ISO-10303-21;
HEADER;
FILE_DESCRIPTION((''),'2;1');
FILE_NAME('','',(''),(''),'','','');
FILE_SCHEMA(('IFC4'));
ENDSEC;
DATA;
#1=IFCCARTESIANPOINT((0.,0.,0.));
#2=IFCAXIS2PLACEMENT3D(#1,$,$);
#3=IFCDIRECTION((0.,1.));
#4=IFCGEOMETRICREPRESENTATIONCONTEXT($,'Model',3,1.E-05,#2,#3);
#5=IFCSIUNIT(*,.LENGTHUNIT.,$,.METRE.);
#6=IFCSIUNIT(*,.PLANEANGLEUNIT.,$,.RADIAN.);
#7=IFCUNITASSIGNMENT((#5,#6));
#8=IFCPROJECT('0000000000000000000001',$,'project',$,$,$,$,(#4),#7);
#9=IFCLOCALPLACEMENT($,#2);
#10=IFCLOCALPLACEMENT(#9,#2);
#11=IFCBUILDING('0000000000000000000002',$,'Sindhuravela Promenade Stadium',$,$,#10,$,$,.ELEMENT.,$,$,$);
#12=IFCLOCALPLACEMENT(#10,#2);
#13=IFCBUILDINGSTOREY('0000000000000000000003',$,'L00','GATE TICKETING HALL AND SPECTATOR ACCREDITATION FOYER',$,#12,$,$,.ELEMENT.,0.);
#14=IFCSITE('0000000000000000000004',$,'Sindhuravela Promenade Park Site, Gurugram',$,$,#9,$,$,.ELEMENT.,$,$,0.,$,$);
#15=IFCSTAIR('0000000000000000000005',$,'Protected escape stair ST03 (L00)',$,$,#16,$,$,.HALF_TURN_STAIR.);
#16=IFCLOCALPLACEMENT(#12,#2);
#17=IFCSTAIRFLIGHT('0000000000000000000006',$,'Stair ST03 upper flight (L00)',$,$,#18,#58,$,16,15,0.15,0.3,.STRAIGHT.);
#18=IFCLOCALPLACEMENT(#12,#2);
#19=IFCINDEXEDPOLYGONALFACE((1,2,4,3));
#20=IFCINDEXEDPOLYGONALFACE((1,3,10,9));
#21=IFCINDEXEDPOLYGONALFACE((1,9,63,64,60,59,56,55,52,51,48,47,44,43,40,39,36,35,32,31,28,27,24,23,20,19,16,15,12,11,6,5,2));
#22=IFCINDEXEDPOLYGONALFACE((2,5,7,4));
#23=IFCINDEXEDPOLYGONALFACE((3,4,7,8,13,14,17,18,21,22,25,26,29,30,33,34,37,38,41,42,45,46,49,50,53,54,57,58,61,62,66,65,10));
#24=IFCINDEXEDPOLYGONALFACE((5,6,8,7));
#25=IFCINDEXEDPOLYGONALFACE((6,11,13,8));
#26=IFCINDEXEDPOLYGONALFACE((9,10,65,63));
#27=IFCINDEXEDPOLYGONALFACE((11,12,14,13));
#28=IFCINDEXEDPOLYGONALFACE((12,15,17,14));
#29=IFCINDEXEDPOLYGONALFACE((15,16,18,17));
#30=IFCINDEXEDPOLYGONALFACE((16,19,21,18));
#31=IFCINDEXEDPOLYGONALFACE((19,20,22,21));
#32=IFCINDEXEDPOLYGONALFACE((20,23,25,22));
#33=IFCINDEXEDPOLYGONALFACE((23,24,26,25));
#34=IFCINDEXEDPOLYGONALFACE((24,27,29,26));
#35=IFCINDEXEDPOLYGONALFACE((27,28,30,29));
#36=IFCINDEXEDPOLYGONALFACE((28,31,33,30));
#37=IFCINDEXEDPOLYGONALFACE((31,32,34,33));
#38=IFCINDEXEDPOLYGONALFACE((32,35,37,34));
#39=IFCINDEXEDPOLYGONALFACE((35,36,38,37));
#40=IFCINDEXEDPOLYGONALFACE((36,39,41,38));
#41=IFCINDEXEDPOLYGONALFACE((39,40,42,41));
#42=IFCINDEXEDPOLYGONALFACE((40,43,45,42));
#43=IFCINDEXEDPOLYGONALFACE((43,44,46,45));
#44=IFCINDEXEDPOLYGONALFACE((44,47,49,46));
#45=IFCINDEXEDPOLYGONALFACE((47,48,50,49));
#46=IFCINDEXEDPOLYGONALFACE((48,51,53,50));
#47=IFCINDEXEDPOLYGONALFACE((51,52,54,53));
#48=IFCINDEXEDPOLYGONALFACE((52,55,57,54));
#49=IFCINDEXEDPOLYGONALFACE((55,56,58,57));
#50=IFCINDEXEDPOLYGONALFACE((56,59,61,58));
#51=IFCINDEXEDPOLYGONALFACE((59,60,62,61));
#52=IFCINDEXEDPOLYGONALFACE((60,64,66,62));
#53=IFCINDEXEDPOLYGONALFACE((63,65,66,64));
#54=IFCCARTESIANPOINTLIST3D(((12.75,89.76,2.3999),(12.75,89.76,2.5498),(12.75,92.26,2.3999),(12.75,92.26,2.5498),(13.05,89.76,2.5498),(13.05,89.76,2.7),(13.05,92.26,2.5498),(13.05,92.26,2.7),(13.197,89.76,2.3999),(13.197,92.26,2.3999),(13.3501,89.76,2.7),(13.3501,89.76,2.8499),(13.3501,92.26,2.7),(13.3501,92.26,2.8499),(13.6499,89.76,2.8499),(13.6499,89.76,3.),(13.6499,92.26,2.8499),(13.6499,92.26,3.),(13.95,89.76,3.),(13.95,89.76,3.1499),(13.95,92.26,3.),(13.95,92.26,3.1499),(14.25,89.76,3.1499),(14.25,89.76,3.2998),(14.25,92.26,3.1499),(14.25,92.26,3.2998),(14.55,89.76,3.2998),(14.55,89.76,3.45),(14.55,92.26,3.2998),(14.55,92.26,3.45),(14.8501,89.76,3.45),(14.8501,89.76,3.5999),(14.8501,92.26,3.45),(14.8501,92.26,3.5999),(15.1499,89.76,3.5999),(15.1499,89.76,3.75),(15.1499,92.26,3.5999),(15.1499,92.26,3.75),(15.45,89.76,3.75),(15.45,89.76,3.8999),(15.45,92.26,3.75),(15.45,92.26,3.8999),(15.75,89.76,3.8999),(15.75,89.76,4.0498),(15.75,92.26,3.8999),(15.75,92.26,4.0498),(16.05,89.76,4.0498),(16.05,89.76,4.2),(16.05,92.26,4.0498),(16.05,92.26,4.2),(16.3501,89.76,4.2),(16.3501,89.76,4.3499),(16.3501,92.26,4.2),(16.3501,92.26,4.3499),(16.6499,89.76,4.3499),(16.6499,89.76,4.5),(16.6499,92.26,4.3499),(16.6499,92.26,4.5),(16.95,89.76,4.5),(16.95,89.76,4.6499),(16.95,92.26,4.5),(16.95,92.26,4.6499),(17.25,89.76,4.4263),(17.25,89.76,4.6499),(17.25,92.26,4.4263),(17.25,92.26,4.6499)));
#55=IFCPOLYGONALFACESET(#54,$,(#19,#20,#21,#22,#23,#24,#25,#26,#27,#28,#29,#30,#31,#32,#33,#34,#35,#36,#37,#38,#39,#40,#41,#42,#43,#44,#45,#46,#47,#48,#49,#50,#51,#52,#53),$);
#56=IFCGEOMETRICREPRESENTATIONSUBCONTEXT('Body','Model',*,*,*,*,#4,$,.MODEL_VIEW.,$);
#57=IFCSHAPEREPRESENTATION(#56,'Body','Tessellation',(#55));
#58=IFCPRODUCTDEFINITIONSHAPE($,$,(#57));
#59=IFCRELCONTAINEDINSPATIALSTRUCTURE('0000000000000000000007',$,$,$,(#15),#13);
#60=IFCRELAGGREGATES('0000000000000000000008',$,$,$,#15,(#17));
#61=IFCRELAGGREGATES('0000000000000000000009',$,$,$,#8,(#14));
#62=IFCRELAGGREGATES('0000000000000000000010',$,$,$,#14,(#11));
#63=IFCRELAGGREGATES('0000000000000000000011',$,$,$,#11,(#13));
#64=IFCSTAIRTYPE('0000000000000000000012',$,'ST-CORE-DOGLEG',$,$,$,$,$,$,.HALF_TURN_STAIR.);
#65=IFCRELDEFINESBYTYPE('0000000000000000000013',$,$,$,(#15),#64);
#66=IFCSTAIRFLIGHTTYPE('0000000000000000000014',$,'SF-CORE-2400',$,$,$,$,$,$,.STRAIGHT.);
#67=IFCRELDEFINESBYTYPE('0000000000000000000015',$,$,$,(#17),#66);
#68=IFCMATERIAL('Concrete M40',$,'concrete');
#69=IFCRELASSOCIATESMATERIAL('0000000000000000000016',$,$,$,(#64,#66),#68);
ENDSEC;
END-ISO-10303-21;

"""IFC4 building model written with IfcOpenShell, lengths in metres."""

from ifc_helpers import new_model, si_unit, direction, frame, origin, place, context, subcontext, project, spatial, polyline, outline, extrude, material, type_object, element, aggregate, save


model = new_model("IFC4")

# Units and contexts
model_context = context("Model", 3, precision=1e-05, world=origin(), true_north=direction((0.0, 1.0)))
body_context = subcontext(model_context, "Body", "Model", "MODEL_VIEW")
ifc_project = project(units=[si_unit("LENGTHUNIT", "METRE"), si_unit("PLANEANGLEUNIT", "RADIAN")], contexts=[model_context])

# Site, building, storey
site_placement = place(None, origin())
site = spatial("IfcSite", under=ifc_project, at=site_placement, Name="Sindhuravela Promenade Park Site, Gurugram", CompositionType="ELEMENT", RefElevation=0.0)
building_placement = place(site_placement, origin())
building = spatial("IfcBuilding", under=site, at=building_placement, Name="Sindhuravela Promenade Stadium", CompositionType="ELEMENT")
storey_placement = place(building_placement, origin())
storey = spatial("IfcBuildingStorey", under=building, at=storey_placement, Name="L00", Description="GATE TICKETING HALL AND SPECTATOR ACCREDITATION FOYER", CompositionType="ELEMENT", Elevation=0.0)

# Shared definitions
ifc_material_1 = material(Name="Concrete M40", Category="concrete")

# Stair, stair flight
stair_type = type_object("IfcStairType", Name="ST-CORE-DOGLEG", PredefinedType="HALF_TURN_STAIR", material=ifc_material_1)
stair_placement = place(storey_placement, origin())
stair = element("IfcStair", 1, at=stair_placement, inside=storey, type_object=stair_type, Name="Protected escape stair ST03 (L00)", PredefinedType="HALF_TURN_STAIR")
stair_flight_type = type_object("IfcStairFlightType", Name="SF-CORE-2400", PredefinedType="STRAIGHT", material=ifc_material_1)
stair_flight_1_placement = place(storey_placement, frame((12.75, 91.01, 2.3999), z_axis=(0.0, 0.0, 1.0), x_axis=(1.0, 0.0, 0.0)))
stair_flight_1 = element("IfcStairFlight", 2, at=stair_flight_1_placement, type_object=stair_flight_type, Name="Stair ST03 upper flight (L00)", NumberOfRisers=16, NumberOfTreads=15, PredefinedType="STRAIGHT", RiserHeight=0.15, TreadLength=0.3, context=body_context, shape_type="SweptSolid", body=[
    extrude(outline(polyline([(0.0, 0.0), (0.0, 0.1499), (0.3, 0.1499), (0.3, 0.3), (0.6001, 0.3), (0.6001, 0.45), (0.8999, 0.45), (0.8999, 0.6001), (1.2, 0.6001), (1.2, 0.75), (1.5, 0.75), (1.5, 0.8999), (1.8, 0.8999), (1.8, 1.05), (2.1001, 1.05), (2.1001, 1.2), (2.3999, 1.2), (2.3999, 1.3501), (2.7, 1.3501), (2.7, 1.5), (3.0, 1.5), (3.0, 1.6499), (3.3, 1.6499), (3.3, 1.8), (3.6001, 1.8), (3.6001, 1.95), (3.8999, 1.95), (3.8999, 2.1001), (4.2, 2.1001), (4.2, 2.25), (4.5, 2.25), (4.5, 2.3999), (4.5, 2.0264), (0.447, 0.0), (0.0, 0.0)])), frame((0.0, 1.25, 0.0), z_axis=(0.0, -1.0, 0.0), x_axis=(1.0, 0.0, 0.0)), (0.0, 0.0, 1.0), 2.5),
])
aggregate(stair, [stair_flight_1])

save(model, "model.ifc")
